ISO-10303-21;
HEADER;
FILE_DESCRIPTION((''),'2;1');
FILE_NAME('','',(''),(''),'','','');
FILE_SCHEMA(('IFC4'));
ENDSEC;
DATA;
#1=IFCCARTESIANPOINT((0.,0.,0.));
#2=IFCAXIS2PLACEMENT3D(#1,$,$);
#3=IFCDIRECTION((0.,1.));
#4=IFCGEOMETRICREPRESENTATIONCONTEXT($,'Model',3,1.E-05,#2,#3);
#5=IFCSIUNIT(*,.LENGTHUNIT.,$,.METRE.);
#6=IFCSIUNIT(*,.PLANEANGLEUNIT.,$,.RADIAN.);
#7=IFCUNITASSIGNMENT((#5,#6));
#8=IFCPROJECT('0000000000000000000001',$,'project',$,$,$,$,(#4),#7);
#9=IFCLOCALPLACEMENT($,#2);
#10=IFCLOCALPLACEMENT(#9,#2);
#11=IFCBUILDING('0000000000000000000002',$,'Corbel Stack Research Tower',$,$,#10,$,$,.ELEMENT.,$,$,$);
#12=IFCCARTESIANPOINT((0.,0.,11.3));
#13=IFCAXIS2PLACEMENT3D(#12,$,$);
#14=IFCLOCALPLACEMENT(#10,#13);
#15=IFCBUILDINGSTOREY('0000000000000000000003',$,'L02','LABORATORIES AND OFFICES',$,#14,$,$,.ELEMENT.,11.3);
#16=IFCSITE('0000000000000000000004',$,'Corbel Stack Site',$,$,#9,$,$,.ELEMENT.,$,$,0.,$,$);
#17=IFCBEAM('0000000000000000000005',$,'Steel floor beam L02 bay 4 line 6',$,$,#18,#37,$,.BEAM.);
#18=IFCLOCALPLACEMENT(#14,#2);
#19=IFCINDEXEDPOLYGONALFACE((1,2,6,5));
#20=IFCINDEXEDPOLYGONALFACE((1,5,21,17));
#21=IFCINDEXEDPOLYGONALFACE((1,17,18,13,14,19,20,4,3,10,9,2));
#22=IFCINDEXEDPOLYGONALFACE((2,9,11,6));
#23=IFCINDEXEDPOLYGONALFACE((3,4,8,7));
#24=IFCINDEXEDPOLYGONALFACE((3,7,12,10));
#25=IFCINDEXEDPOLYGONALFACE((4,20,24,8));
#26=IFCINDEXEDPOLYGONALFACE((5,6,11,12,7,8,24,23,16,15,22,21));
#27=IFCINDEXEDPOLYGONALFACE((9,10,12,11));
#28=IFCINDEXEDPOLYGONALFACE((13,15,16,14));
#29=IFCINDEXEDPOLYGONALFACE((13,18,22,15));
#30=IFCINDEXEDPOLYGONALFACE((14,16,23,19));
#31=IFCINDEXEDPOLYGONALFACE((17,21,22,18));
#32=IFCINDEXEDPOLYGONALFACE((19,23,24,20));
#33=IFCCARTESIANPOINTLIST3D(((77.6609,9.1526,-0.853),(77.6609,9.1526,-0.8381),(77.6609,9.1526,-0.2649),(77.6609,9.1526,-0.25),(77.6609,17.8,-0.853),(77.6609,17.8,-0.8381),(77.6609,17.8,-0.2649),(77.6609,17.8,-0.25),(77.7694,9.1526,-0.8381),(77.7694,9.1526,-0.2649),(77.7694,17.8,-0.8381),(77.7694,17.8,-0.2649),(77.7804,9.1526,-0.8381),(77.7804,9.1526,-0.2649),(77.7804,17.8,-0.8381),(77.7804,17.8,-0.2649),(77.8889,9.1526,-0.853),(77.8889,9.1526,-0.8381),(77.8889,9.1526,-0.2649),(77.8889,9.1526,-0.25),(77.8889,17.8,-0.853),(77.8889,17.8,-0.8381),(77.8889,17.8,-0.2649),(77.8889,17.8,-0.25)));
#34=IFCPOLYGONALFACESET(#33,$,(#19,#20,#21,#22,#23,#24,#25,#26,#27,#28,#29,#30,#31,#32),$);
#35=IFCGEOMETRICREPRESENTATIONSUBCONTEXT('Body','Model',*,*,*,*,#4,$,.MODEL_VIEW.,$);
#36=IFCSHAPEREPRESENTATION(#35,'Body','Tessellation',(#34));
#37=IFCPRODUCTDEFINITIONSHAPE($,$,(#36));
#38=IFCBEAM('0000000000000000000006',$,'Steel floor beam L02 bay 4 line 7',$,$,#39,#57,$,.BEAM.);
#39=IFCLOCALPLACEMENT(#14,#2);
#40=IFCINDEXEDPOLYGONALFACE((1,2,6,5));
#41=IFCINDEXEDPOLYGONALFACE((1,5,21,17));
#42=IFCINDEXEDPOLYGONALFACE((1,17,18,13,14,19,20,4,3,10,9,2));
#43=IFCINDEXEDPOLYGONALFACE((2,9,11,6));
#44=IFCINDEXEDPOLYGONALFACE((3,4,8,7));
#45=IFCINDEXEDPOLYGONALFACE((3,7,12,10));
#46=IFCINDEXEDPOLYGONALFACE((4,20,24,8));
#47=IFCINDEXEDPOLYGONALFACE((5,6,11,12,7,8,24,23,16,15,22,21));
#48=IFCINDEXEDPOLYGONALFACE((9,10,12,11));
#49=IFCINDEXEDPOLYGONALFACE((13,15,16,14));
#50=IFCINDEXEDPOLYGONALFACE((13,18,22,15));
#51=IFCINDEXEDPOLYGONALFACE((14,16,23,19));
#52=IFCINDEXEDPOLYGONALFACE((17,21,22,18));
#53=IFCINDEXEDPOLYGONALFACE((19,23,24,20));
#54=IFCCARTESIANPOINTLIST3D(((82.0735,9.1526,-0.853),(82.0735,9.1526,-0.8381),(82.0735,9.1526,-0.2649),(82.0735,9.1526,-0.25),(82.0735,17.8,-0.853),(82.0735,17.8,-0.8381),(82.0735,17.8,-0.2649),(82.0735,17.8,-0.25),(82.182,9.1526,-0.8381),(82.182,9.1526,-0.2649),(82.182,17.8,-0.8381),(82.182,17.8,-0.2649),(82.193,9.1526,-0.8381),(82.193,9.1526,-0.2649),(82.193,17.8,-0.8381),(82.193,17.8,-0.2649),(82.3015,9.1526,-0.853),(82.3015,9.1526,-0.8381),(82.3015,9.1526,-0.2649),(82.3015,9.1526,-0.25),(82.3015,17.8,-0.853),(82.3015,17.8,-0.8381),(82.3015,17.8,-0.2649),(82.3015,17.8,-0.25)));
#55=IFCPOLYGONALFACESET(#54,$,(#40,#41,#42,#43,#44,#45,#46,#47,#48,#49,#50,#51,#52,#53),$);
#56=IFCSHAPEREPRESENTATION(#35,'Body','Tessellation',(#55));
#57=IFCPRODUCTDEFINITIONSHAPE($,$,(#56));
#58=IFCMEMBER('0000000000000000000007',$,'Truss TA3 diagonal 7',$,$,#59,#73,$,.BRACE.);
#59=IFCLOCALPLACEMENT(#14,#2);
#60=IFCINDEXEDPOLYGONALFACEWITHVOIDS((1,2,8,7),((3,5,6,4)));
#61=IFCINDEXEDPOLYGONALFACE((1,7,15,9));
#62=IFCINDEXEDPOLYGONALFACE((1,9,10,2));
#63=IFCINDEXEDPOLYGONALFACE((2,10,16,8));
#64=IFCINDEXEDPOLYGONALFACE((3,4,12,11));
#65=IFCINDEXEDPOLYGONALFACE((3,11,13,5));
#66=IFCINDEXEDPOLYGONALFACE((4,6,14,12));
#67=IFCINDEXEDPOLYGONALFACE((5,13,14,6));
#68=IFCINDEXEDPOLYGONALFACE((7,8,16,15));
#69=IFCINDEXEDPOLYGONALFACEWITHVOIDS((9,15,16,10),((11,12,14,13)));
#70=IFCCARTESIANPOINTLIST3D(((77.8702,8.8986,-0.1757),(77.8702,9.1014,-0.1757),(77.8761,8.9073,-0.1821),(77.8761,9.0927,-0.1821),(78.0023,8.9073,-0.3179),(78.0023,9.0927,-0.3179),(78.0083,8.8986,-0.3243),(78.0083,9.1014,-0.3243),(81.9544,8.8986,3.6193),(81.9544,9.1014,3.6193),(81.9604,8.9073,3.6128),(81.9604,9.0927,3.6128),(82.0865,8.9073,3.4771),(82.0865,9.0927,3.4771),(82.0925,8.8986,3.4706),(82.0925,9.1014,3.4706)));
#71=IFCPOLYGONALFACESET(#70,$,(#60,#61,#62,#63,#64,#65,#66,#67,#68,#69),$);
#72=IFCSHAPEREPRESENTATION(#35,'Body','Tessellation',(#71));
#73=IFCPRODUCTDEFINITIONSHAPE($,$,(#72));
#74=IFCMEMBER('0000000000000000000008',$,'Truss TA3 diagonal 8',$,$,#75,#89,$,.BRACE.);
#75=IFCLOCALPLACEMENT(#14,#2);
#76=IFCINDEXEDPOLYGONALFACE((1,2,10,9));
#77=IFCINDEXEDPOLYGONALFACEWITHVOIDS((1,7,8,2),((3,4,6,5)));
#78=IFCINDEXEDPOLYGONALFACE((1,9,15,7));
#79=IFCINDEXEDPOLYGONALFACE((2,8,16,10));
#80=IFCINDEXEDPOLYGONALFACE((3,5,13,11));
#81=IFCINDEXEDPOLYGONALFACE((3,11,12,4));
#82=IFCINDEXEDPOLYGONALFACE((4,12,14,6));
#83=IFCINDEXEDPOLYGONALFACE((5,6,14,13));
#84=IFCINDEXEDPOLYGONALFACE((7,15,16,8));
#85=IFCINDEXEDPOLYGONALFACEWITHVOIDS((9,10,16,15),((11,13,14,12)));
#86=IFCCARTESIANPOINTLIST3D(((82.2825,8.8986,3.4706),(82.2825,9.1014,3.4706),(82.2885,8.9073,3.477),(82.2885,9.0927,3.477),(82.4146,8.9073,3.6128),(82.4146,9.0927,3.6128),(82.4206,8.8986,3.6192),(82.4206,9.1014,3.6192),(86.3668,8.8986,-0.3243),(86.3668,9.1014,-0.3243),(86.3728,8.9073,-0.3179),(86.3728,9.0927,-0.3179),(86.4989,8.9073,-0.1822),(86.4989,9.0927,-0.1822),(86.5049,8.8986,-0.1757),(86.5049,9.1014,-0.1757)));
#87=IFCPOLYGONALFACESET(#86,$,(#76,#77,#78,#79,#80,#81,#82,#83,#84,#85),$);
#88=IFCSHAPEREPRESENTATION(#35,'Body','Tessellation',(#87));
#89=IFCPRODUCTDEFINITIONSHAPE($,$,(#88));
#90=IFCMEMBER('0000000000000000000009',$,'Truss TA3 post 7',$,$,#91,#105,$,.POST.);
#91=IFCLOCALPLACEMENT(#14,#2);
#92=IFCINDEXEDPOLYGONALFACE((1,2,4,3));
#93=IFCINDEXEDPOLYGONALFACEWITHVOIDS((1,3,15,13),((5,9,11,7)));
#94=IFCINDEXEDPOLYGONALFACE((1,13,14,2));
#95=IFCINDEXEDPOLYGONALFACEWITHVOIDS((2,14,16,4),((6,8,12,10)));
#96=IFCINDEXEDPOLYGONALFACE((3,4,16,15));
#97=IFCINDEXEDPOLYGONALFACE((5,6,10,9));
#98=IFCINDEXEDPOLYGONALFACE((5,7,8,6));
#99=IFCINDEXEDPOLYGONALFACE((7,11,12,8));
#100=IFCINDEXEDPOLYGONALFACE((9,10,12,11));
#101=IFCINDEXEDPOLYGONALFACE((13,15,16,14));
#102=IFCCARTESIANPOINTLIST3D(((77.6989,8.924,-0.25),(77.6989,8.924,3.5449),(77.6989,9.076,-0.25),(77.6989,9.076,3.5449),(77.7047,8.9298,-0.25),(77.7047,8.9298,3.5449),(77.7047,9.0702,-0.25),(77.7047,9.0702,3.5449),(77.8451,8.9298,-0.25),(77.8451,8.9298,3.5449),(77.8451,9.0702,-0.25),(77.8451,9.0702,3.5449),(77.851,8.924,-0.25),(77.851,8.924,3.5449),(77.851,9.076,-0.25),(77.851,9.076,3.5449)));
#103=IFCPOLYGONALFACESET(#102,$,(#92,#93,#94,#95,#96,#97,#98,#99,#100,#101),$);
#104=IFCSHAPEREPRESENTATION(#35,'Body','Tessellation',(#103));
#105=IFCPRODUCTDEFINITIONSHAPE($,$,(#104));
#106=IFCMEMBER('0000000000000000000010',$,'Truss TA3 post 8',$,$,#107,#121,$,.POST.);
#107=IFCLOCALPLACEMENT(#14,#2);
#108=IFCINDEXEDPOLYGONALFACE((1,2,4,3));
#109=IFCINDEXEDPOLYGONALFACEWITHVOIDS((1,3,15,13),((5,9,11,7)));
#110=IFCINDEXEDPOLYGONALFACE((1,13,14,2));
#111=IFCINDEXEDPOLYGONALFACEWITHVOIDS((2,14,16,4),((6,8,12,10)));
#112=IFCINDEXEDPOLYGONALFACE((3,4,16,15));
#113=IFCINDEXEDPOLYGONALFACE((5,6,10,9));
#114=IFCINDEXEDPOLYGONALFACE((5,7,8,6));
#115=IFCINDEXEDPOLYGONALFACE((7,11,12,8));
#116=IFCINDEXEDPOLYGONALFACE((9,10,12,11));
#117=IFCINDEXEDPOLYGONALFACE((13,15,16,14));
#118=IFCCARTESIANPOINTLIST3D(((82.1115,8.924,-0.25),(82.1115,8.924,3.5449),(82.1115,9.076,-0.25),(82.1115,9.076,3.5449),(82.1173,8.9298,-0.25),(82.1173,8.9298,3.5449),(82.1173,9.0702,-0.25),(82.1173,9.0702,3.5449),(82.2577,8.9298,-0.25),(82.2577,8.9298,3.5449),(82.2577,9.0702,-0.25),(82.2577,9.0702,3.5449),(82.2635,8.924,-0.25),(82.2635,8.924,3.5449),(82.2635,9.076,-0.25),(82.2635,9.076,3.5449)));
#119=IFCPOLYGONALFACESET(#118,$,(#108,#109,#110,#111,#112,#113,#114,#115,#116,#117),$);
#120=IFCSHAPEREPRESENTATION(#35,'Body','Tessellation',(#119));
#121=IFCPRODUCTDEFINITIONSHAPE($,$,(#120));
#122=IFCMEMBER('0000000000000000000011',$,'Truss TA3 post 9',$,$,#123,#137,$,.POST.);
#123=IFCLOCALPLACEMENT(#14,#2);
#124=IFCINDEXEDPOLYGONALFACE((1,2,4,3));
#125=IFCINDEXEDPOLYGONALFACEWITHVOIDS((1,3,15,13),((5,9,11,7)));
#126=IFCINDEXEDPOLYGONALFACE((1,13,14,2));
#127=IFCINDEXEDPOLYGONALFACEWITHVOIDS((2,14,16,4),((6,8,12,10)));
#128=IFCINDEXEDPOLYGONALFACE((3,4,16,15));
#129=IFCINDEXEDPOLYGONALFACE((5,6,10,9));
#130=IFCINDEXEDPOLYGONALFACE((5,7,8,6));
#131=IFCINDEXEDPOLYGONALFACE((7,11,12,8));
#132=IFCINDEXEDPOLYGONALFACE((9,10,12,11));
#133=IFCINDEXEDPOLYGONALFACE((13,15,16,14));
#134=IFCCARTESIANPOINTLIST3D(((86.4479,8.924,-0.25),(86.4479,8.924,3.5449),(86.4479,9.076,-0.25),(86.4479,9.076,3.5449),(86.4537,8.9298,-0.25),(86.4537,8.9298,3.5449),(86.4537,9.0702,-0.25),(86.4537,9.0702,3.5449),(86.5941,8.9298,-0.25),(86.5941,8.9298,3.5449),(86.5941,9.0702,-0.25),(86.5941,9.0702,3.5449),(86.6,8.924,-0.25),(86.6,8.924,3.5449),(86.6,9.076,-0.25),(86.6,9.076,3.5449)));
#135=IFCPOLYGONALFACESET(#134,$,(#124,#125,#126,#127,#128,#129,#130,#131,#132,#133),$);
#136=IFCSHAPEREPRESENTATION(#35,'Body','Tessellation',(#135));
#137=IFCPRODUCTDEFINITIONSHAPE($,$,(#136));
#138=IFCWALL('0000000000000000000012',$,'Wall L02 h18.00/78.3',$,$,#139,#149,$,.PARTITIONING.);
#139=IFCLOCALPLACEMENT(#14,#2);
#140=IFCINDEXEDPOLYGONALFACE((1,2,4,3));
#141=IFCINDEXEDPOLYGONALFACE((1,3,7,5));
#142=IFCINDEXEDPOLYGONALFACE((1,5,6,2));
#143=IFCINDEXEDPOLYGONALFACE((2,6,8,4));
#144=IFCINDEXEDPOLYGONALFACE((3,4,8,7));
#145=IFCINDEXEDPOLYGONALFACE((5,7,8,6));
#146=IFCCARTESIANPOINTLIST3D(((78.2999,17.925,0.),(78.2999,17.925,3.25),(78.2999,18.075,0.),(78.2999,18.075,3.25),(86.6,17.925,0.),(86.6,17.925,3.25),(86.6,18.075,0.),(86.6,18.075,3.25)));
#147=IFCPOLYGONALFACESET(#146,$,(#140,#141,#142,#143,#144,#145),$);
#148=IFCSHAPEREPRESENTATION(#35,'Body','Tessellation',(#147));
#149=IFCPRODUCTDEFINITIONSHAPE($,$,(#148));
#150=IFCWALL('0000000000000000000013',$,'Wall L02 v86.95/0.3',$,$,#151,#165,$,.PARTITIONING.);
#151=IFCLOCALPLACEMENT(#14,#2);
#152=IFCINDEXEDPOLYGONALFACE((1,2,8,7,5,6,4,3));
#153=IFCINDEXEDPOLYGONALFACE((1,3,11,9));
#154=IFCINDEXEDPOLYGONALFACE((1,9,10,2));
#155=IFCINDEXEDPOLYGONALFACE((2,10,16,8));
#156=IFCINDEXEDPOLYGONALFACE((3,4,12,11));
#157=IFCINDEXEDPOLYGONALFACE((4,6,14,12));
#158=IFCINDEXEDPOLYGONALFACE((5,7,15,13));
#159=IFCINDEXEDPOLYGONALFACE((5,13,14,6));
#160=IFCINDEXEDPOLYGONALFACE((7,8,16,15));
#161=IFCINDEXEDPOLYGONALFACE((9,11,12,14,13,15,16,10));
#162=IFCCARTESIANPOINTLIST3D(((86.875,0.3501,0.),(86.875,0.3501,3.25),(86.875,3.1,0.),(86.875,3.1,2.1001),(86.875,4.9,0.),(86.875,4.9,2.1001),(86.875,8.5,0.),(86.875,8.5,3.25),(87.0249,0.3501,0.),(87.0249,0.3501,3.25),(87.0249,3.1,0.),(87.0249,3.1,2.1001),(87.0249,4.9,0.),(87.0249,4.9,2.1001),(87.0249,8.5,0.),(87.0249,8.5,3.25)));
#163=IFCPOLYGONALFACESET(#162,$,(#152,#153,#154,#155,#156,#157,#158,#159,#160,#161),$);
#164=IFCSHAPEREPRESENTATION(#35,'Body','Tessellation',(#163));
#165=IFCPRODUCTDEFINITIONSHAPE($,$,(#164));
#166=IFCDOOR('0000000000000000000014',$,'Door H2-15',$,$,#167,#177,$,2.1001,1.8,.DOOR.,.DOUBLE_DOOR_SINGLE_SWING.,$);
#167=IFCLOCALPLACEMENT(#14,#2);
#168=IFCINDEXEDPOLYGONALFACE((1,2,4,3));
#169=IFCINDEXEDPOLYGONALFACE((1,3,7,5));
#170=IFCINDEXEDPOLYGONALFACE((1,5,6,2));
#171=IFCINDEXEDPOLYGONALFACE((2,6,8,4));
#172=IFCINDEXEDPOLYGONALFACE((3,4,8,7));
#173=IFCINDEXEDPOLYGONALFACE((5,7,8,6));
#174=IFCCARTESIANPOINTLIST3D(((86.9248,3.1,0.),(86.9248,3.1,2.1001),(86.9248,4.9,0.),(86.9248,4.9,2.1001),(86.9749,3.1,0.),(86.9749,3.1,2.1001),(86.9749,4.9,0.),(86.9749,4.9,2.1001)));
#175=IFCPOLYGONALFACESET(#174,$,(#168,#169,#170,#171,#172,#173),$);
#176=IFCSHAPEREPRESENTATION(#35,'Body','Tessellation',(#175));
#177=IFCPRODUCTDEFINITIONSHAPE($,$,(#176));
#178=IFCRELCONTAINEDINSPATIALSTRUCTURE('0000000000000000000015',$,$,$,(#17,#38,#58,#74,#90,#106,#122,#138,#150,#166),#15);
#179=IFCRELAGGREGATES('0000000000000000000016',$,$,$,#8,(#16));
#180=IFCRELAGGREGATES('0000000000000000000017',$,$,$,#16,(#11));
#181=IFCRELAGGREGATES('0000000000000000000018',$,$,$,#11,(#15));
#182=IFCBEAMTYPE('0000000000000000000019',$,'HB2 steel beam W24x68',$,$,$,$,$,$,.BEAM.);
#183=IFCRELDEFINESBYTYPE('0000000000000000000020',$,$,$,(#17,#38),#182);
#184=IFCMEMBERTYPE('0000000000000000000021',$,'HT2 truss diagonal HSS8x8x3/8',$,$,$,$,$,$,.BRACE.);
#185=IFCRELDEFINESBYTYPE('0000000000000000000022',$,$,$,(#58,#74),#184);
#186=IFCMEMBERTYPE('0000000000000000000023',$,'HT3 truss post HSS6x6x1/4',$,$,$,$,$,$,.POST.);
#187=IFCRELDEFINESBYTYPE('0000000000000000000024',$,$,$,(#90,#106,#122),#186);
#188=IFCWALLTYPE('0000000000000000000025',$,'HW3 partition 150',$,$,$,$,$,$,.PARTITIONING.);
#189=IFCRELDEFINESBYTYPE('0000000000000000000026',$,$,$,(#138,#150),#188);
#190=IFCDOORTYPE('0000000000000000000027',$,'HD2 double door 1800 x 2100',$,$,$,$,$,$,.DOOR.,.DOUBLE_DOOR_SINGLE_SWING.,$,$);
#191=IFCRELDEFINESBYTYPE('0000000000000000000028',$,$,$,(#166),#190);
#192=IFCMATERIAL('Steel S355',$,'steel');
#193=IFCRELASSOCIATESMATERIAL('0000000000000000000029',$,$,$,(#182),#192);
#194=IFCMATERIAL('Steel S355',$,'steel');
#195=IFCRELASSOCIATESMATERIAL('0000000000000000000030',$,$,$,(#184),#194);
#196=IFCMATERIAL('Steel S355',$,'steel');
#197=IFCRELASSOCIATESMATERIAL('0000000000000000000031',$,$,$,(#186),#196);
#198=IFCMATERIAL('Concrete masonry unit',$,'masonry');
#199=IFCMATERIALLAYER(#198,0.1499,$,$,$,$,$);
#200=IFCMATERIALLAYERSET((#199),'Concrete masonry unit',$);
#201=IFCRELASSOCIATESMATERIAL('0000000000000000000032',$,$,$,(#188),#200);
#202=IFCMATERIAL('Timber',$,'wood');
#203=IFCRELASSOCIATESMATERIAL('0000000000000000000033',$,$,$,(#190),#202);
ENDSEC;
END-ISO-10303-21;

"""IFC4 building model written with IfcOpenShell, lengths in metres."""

from ifc_helpers import new_model, si_unit, direction, frame, frame_2d, origin, origin_2d, place, context, subcontext, project, spatial, rectangle, hollow_rectangle, i_section, extrude, material, layer, layer_set, material_profile, profile_set, type_object, element, fill, save


model = new_model("IFC4")

# Units and contexts
model_context = context("Model", 3, precision=1e-05, world=origin(), true_north=direction((0.0, 1.0)))
body_context = subcontext(model_context, "Body", "Model", "MODEL_VIEW")
ifc_project = project(units=[si_unit("LENGTHUNIT", "METRE"), si_unit("PLANEANGLEUNIT", "RADIAN")], contexts=[model_context])

# Site, building, storey
site_placement = place(None, origin())
site = spatial("IfcSite", under=ifc_project, at=site_placement, Name="Corbel Stack Site", CompositionType="ELEMENT", RefElevation=0.0)
building_placement = place(site_placement, origin())
building = spatial("IfcBuilding", under=site, at=building_placement, Name="Corbel Stack Research Tower", CompositionType="ELEMENT")
storey_placement = place(building_placement, frame((0.0, 0.0, 11.3)))
storey = spatial("IfcBuildingStorey", under=building, at=storey_placement, Name="L02", Description="LABORATORIES AND OFFICES", CompositionType="ELEMENT", Elevation=11.3)

# Beams
ifc_material_1 = material(Name="Steel S355", Category="steel")
ifc_material_profile_1 = material_profile(ifc_material_1, i_section(OverallWidth=0.228, OverallDepth=0.603, WebThickness=0.011, FlangeThickness=0.0149, at=origin_2d()), Name="W24x68")
ifc_profile_set_1 = profile_set([ifc_material_profile_1], Name="Steel S355")
beam_type_1 = type_object("IfcBeamType", Name="HB2 steel beam W24x68", PredefinedType="BEAM", material=ifc_profile_set_1)
for number, where, z_axis, x_axis, name in (
    (1, (77.7749, 9.1526, -0.5515), (0.0, 1.0, 0.0), (-1.0, 0.0, 0.0), "Steel floor beam L02 bay 4 line 6"),
    (2, (82.1875, 9.1526, -0.5515), (0.0, 1.0, 0.0), (-1.0, 0.0, 0.0), "Steel floor beam L02 bay 4 line 7"),
):
    element("IfcBeam", number, at=place(storey_placement, frame(where, z_axis=z_axis, x_axis=x_axis)), inside=storey, type_object=beam_type_1, Name=name, PredefinedType="BEAM", context=body_context, shape_type="SweptSolid", body=[
        extrude(i_section(OverallWidth=0.228, OverallDepth=0.603, WebThickness=0.011, FlangeThickness=0.0149, at=origin_2d()), origin(), (0.0, 0.0, 1.0), 8.6475),
    ])

# Members
ifc_material_2 = material(Name="Steel S355", Category="steel")
ifc_material_profile_2 = material_profile(ifc_material_2, hollow_rectangle(XDim=0.2029, YDim=0.2029, WallThickness=0.0088, at=origin_2d()), Name="HSS8x8x3/8")
ifc_profile_set_2 = profile_set([ifc_material_profile_2], Name="Steel S355")
member_type_1 = type_object("IfcMemberType", Name="HT2 truss diagonal HSS8x8x3/8", PredefinedType="BRACE", material=ifc_profile_set_2)
for number, where, z_axis, x_axis, name in (
    (3, (77.9392, 9.0, -0.25), (0.732577, 0.0, 0.680685), (0.0, 1.0, 0.0), "Truss TA3 diagonal 7"),
    (4, (82.3516, 9.0, 3.5449), (0.732577, 0.0, -0.680685), (0.0, 1.0, 0.0), "Truss TA3 diagonal 8"),
):
    element("IfcMember", number, at=place(storey_placement, frame(where, z_axis=z_axis, x_axis=x_axis)), inside=storey, type_object=member_type_1, Name=name, PredefinedType="BRACE", context=body_context, shape_type="SweptSolid", body=[
        extrude(hollow_rectangle(XDim=0.2029, YDim=0.2029, WallThickness=0.0088, at=origin_2d()), origin(), (0.0, 0.0, 1.0), 5.5752),
    ])
ifc_material_3 = material(Name="Steel S355", Category="steel")
ifc_material_profile_3 = material_profile(ifc_material_3, hollow_rectangle(XDim=0.1521, YDim=0.1521, WallThickness=0.0059, at=origin_2d()), Name="HSS6x6x1/4")
ifc_profile_set_3 = profile_set([ifc_material_profile_3], Name="Steel S355")
member_type_2 = type_object("IfcMemberType", Name="HT3 truss post HSS6x6x1/4", PredefinedType="POST", material=ifc_profile_set_3)
for number, where, z_axis, x_axis, name in (
    (5, (77.7749, 9.0, -0.25), (0.0, 0.0, 1.0), (1.0, 0.0, 0.0), "Truss TA3 post 7"),
    (6, (82.1875, 9.0, -0.25), (0.0, 0.0, 1.0), (1.0, 0.0, 0.0), "Truss TA3 post 8"),
    (7, (86.5239, 9.0, -0.25), (0.0, 0.0, 1.0), (1.0, 0.0, 0.0), "Truss TA3 post 9"),
):
    element("IfcMember", number, at=place(storey_placement, frame(where, z_axis=z_axis, x_axis=x_axis)), inside=storey, type_object=member_type_2, Name=name, PredefinedType="POST", context=body_context, shape_type="SweptSolid", body=[
        extrude(hollow_rectangle(XDim=0.1521, YDim=0.1521, WallThickness=0.0059, at=origin_2d()), origin(), (0.0, 0.0, 1.0), 3.7949),
    ])

# Wall
ifc_material_4 = material(Name="Concrete masonry unit", Category="masonry")
ifc_layer = layer(ifc_material_4, 0.1499)
ifc_layer_set = layer_set([ifc_layer], Name="Concrete masonry unit")
wall_type = type_object("IfcWallType", Name="HW3 partition 150", PredefinedType="PARTITIONING", material=ifc_layer_set)
wall_1_placement = place(storey_placement, frame((78.3, 18.0, 0.0), z_axis=(0.0, 0.0, 1.0), x_axis=(1.0, 0.0, 0.0)))
element("IfcWall", 8, at=wall_1_placement, inside=storey, type_object=wall_type, Name="Wall L02 h18.00/78.3", PredefinedType="PARTITIONING", context=body_context, shape_type="SweptSolid", body=[
    extrude(rectangle(XDim=8.3, YDim=0.1499, at=frame_2d((4.1499, 0.0))), origin(), (0.0, 0.0, 1.0), 3.25),
])

# Wall, opening, door
wall_2_placement = place(storey_placement, frame((86.95, 8.5, 0.0), z_axis=(0.0, 0.0, 1.0), x_axis=(0.0, -1.0, 0.0)))
wall_2 = element("IfcWall", 9, at=wall_2_placement, inside=storey, type_object=wall_type, Name="Wall L02 v86.95/0.3", PredefinedType="PARTITIONING", context=body_context, shape_type="SweptSolid", body=[
    extrude(rectangle(XDim=8.1499, YDim=0.1499, at=frame_2d((4.075, 0.0))), origin(), (0.0, 0.0, 1.0), 3.25),
])
opening_1_placement = place(wall_2_placement, frame((3.6001, 0.0, 0.0)))
opening_1 = element("IfcOpeningElement", 10, at=opening_1_placement, cuts=wall_2, PredefinedType="OPENING", context=body_context, shape_type="SweptSolid", body=[
    extrude(rectangle(XDim=1.8, YDim=2.1001, at=frame_2d((0.8999, 1.05))), frame((0.0, 0.085, 0.0), z_axis=(0.0, -1.0, 0.0), x_axis=(1.0, 0.0, 0.0)), (0.0, 0.0, 1.0), 0.1699),
])
ifc_material_5 = material(Name="Timber", Category="wood")
door_type_1 = type_object("IfcDoorType", Name="HD2 double door 1800 x 2100", OperationType="DOUBLE_DOOR_SINGLE_SWING", PredefinedType="DOOR", material=ifc_material_5)
door_1_placement = place(opening_1_placement, origin())
door_1 = element("IfcDoor", 11, at=door_1_placement, inside=storey, type_object=door_type_1, Name="Door H2-15", OperationType="DOUBLE_DOOR_SINGLE_SWING", OverallHeight=2.1001, OverallWidth=1.8, PredefinedType="DOOR", context=body_context, shape_type="SweptSolid", body=[
    extrude(rectangle(XDim=1.8, YDim=2.1001, at=frame_2d((0.8999, 1.05))), frame((0.0, 0.0249, 0.0), z_axis=(0.0, -1.0, 0.0), x_axis=(1.0, 0.0, 0.0)), (0.0, 0.0, 1.0), 0.05),
])
fill(opening_1, door_1)

save(model, "model.ifc")
